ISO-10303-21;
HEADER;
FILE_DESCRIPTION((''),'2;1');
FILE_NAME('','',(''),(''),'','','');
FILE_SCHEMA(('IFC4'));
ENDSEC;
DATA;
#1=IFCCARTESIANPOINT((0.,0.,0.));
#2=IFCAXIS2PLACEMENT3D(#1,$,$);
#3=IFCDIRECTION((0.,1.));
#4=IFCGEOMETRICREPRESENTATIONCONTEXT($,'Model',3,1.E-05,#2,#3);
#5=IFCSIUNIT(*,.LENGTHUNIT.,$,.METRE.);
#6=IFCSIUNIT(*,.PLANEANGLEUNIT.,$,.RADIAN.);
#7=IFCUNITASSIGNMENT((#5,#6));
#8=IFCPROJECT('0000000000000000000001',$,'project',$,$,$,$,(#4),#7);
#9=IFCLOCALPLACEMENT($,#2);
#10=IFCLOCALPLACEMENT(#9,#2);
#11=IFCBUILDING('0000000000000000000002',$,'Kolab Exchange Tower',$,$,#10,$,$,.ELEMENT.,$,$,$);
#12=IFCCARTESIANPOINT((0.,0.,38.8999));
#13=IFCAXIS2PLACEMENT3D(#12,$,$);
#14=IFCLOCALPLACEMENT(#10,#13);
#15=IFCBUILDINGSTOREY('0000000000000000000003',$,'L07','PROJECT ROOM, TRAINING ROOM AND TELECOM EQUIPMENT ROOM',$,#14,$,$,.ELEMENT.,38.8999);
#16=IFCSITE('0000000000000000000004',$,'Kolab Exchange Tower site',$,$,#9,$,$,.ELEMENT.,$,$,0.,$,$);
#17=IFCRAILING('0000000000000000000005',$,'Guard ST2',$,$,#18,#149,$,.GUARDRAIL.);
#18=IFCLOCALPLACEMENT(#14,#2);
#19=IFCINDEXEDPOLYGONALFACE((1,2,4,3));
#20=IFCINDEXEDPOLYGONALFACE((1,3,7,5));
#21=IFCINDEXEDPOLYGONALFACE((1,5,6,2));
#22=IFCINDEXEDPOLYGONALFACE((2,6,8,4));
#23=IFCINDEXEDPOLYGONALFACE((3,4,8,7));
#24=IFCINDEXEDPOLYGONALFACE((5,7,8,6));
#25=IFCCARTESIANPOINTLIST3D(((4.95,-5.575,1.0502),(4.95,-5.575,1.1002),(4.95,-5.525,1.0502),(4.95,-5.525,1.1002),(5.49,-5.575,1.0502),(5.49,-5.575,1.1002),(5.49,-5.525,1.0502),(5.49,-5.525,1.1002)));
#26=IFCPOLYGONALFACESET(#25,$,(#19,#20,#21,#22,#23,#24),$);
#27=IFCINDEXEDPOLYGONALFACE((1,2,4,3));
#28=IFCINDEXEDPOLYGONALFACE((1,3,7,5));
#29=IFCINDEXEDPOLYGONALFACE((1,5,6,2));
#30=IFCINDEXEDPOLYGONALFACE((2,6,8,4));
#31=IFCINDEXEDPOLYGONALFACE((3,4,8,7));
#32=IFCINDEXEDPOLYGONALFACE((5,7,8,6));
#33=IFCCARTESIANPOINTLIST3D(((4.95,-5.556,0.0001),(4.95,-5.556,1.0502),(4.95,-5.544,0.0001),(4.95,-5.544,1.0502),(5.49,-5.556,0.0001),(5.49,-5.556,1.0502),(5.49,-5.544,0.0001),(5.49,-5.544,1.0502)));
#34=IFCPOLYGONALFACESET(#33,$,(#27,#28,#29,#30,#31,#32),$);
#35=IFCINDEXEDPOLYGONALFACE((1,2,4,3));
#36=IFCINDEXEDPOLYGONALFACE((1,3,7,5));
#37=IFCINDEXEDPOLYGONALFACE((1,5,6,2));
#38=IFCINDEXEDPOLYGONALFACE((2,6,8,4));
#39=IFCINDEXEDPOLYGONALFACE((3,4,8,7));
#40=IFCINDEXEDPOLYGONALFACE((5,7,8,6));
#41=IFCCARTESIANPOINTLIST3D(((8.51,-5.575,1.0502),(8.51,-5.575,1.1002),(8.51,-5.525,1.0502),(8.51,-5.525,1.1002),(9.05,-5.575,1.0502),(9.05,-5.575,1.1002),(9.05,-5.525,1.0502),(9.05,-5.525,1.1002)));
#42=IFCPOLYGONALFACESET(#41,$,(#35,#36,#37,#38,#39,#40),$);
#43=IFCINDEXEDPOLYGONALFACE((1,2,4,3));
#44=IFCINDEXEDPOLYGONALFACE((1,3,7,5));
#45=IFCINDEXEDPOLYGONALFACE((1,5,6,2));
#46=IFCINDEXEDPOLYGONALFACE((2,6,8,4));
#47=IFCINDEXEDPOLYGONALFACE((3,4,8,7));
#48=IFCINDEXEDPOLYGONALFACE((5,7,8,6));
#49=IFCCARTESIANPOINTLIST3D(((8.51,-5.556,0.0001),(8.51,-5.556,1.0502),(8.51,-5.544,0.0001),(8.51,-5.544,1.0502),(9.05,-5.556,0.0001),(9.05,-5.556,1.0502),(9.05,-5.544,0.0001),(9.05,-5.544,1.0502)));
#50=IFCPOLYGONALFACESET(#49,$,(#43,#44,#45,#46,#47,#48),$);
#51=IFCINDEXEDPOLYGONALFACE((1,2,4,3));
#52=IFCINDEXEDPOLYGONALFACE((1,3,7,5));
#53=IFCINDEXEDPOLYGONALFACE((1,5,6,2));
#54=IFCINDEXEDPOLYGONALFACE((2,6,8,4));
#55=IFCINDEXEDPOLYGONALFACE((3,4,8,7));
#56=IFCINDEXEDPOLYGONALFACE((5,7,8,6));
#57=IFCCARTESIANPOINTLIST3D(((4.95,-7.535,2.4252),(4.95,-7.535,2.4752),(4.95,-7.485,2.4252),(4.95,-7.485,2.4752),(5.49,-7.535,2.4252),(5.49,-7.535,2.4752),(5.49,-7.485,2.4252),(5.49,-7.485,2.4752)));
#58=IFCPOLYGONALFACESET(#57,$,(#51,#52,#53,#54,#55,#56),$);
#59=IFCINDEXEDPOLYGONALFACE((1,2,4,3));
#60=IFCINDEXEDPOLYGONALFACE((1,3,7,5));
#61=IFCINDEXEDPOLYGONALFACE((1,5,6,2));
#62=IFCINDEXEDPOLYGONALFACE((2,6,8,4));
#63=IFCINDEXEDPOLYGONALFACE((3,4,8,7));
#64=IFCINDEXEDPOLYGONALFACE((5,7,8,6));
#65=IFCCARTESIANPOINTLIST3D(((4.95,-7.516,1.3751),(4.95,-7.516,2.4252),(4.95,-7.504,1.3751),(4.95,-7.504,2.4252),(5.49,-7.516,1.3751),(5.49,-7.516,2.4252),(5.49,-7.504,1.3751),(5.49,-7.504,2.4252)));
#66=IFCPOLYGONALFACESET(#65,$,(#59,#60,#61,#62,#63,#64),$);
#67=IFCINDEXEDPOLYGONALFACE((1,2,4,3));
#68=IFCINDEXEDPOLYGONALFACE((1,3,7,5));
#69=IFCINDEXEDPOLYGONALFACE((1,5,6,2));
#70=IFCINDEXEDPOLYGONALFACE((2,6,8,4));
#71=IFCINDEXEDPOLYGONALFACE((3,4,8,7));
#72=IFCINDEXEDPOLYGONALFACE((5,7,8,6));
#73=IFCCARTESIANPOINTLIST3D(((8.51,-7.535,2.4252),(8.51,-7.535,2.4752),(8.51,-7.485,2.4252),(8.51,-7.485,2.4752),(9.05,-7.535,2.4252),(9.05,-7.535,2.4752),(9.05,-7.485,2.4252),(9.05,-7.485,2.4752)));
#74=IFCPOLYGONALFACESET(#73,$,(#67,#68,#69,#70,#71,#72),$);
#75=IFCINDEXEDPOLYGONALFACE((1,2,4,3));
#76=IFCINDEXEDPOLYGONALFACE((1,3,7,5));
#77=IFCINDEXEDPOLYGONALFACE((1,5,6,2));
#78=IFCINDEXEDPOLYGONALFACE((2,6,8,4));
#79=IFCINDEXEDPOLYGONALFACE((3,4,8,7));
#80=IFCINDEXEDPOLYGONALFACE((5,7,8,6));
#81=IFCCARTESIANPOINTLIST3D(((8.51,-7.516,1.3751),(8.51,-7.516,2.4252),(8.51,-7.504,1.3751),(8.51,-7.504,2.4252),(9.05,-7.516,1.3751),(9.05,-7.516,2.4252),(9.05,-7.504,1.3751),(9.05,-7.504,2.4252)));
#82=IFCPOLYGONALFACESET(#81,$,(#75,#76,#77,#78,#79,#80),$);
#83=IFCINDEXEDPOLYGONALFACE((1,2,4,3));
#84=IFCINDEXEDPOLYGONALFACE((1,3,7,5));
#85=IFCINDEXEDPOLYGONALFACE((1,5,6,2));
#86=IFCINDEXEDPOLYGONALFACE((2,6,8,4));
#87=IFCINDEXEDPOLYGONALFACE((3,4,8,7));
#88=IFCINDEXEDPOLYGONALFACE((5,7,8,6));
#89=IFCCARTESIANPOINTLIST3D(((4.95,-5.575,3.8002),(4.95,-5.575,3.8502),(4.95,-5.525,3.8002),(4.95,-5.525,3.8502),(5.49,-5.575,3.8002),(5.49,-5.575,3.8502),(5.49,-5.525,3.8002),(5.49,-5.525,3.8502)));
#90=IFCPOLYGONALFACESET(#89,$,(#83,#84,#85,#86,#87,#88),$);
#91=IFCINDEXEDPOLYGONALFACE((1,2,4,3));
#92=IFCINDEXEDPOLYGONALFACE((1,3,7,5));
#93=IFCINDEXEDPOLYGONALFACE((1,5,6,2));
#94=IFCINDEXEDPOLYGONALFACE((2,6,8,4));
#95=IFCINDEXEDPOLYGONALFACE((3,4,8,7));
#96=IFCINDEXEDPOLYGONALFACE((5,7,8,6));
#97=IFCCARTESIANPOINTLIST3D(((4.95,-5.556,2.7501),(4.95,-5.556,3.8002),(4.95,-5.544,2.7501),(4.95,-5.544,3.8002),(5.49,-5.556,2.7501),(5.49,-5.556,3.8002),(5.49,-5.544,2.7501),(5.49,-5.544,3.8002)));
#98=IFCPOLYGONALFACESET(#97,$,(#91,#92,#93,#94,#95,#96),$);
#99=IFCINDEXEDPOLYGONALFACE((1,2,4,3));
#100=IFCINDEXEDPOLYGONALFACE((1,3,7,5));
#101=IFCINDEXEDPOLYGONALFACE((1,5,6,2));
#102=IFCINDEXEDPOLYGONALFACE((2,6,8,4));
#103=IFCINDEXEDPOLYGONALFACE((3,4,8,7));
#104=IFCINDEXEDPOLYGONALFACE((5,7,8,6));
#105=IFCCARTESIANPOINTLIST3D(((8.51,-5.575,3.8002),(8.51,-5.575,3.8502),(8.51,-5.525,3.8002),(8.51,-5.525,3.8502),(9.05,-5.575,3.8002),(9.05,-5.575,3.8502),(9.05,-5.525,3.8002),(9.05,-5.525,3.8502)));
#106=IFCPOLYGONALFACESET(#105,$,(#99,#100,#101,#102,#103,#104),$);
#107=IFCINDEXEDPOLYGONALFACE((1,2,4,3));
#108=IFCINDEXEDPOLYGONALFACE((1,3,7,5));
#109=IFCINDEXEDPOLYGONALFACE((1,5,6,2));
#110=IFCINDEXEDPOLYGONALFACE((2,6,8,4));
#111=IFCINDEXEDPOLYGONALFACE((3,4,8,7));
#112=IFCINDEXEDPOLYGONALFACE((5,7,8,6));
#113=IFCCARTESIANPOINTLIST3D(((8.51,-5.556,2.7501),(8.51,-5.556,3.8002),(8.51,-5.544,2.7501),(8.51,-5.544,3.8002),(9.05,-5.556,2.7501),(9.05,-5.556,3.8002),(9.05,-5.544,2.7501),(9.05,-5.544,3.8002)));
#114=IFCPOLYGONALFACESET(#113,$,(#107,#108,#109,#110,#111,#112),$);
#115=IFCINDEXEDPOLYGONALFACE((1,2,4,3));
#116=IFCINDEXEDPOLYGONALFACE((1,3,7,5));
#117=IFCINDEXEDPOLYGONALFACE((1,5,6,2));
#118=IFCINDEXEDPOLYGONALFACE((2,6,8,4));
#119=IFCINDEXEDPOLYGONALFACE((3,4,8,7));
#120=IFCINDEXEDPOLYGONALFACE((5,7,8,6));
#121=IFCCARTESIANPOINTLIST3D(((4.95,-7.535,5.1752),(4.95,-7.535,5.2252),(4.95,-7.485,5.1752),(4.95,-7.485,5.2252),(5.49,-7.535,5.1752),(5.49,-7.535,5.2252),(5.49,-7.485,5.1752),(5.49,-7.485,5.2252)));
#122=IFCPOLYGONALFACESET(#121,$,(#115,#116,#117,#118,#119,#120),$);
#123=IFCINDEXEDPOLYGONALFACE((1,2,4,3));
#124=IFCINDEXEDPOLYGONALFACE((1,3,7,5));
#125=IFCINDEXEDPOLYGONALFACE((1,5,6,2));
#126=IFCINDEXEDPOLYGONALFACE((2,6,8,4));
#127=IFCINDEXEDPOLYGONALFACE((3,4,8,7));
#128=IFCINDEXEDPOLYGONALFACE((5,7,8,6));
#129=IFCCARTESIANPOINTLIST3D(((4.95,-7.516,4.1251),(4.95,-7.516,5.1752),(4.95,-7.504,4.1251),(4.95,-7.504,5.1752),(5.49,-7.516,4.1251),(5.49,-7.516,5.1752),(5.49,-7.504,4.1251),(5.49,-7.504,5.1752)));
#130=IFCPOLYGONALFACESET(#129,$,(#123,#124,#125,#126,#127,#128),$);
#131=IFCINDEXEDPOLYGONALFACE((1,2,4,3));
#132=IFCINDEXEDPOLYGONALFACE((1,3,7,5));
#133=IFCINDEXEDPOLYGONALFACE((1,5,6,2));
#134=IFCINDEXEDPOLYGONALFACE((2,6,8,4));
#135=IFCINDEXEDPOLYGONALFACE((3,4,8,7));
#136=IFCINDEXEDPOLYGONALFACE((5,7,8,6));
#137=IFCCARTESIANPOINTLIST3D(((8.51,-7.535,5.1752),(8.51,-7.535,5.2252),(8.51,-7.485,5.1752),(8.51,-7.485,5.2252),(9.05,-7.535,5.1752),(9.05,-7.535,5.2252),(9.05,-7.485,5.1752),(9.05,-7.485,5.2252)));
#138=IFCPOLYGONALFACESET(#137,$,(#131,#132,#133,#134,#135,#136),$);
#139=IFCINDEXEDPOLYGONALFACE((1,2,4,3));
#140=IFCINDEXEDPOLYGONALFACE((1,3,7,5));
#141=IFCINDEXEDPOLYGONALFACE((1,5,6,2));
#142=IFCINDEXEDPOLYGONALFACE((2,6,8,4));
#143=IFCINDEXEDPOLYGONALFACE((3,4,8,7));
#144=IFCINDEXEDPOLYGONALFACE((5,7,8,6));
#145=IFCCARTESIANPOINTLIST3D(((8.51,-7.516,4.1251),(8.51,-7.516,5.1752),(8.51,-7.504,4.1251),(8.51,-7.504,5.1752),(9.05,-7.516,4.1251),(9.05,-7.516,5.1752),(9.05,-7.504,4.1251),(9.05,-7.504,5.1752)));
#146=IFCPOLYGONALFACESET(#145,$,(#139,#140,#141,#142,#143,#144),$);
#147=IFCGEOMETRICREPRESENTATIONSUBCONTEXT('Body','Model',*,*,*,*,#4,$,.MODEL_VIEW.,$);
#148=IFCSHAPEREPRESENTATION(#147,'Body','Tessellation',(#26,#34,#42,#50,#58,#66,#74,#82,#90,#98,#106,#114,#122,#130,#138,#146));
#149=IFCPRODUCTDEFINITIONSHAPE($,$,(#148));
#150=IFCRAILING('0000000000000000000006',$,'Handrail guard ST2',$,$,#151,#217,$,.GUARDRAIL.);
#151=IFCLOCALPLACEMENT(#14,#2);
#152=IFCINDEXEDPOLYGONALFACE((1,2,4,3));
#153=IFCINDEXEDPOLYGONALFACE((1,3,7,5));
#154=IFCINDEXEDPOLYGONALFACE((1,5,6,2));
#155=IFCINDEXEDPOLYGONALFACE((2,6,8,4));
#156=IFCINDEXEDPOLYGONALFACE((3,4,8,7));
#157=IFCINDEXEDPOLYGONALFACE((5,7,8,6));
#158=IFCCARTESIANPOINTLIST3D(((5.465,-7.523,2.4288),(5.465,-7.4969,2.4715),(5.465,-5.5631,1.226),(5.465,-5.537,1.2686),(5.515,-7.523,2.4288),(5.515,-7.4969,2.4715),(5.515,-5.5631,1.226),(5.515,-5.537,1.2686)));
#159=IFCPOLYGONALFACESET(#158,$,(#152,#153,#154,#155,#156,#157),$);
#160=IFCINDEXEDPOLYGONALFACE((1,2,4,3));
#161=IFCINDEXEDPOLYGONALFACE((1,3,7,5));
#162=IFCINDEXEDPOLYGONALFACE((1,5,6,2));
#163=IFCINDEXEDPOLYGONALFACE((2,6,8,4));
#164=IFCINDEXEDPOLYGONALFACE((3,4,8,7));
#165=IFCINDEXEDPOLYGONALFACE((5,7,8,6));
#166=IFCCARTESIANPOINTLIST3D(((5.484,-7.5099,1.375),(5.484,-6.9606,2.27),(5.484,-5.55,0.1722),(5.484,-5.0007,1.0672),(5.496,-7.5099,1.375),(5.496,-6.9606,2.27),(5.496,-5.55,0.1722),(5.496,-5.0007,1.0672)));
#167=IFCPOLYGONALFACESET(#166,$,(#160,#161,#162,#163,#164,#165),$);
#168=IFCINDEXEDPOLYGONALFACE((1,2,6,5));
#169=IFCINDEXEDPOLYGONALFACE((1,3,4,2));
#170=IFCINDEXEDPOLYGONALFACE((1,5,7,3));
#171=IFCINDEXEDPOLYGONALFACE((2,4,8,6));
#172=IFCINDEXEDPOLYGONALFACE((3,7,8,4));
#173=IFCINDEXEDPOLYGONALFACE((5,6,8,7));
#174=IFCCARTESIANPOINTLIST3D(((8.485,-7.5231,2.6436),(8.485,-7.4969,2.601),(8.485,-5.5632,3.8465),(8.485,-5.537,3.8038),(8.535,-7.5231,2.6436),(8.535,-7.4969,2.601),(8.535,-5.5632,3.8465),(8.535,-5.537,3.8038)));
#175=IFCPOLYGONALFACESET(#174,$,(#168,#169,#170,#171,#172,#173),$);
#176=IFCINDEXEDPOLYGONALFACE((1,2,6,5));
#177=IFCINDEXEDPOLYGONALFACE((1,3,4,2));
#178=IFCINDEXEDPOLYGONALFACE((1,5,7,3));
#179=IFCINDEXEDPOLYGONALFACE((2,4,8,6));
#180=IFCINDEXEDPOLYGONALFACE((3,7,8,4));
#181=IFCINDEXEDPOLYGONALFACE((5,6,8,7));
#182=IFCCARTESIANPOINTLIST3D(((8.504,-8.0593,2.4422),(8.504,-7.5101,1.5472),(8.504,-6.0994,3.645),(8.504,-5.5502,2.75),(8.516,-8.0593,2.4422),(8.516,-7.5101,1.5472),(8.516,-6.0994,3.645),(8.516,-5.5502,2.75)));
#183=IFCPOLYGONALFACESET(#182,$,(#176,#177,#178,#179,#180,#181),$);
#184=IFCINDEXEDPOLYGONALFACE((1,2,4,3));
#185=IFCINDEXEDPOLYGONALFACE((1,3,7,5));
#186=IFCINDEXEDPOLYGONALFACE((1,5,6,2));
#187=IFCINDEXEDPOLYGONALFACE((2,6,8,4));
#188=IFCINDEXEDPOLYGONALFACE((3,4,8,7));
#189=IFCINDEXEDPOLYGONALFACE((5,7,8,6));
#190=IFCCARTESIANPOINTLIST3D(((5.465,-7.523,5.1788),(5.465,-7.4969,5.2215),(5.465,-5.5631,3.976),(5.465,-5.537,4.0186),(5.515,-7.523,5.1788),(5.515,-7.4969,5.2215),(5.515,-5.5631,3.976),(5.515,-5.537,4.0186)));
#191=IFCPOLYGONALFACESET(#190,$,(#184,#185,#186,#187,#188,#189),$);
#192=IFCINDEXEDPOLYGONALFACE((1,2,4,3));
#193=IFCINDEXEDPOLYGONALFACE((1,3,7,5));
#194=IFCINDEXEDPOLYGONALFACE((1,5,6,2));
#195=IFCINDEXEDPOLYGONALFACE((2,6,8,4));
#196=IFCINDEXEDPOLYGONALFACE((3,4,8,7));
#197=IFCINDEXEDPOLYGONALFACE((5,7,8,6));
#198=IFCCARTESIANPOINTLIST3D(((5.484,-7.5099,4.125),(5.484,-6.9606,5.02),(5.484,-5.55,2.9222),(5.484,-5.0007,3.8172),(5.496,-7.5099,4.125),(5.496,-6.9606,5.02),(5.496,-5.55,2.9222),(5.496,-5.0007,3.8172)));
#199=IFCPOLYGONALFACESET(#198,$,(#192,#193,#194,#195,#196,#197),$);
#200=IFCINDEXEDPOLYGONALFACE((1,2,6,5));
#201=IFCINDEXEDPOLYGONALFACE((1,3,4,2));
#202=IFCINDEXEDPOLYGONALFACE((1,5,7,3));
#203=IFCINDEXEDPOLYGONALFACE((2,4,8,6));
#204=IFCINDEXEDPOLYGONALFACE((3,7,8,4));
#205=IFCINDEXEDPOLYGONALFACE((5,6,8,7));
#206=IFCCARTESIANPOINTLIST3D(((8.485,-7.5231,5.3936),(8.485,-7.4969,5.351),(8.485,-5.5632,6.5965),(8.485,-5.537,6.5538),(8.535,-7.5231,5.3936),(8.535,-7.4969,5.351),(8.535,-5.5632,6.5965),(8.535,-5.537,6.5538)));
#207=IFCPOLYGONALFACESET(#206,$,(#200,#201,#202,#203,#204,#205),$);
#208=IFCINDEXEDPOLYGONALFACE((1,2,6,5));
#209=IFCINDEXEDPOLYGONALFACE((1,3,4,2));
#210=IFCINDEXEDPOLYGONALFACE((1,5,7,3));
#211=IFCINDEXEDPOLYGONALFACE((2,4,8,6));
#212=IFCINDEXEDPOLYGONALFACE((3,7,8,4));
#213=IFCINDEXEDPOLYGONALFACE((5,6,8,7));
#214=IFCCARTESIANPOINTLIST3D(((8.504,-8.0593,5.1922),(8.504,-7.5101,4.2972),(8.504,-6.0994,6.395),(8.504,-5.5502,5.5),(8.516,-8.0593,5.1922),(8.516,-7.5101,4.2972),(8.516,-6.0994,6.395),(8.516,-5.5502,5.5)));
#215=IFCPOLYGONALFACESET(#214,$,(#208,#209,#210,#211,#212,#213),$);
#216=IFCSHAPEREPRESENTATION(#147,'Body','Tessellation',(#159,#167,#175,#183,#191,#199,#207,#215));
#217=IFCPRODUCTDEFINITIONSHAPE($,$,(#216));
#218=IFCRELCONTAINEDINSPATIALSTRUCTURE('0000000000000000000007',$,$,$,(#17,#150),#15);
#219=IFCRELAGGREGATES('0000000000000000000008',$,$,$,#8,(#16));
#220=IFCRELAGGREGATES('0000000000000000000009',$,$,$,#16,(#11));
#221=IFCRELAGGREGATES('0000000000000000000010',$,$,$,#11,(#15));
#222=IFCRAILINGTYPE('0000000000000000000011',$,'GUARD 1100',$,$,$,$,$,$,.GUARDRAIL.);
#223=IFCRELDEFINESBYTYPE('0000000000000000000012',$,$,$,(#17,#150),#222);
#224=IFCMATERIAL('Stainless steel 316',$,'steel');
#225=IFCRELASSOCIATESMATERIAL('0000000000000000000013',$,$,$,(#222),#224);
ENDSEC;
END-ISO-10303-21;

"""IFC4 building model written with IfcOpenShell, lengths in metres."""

from ifc_helpers import new_model, si_unit, direction, frame, frame_2d, origin, origin_2d, place, context, subcontext, project, spatial, rectangle, extrude, material, type_object, element, save


model = new_model("IFC4")

# Units and contexts
model_context = context("Model", 3, precision=1e-05, world=origin(), true_north=direction((0.0, 1.0)))
body_context = subcontext(model_context, "Body", "Model", "MODEL_VIEW")
ifc_project = project(units=[si_unit("LENGTHUNIT", "METRE"), si_unit("PLANEANGLEUNIT", "RADIAN")], contexts=[model_context])

# Site, building, storey
site_placement = place(None, origin())
site = spatial("IfcSite", under=ifc_project, at=site_placement, Name="Kolab Exchange Tower site", CompositionType="ELEMENT", RefElevation=0.0)
building_placement = place(site_placement, origin())
building = spatial("IfcBuilding", under=site, at=building_placement, Name="Kolab Exchange Tower", CompositionType="ELEMENT")
storey_placement = place(building_placement, frame((0.0, 0.0, 38.8999)))
storey = spatial("IfcBuildingStorey", under=building, at=storey_placement, Name="L07", Description="PROJECT ROOM, TRAINING ROOM AND TELECOM EQUIPMENT ROOM", CompositionType="ELEMENT", Elevation=38.8999)

# Railings
ifc_material_1 = material(Name="Stainless steel 316", Category="steel")
railing_type = type_object("IfcRailingType", Name="GUARD 1100", PredefinedType="GUARDRAIL", material=ifc_material_1)
railing_1_placement = place(storey_placement, frame((4.95, -5.55, 0.0)))
element("IfcRailing", 1, at=railing_1_placement, inside=storey, type_object=railing_type, Name="Guard ST2", PredefinedType="GUARDRAIL", context=body_context, shape_type="SweptSolid", body=[
    extrude(rectangle(XDim=0.05, YDim=0.05, at=origin_2d()), frame((0.0, 0.0, 1.0752), z_axis=(1.0, 0.0, 0.0), x_axis=(0.0, 1.0, 0.0)), (0.0, 0.0, 1.0), 0.54),
    extrude(rectangle(XDim=0.012, YDim=1.0501, at=frame_2d((0.0, 0.5251))), frame((0.0, 0.0, 0.0), z_axis=(1.0, 0.0, 0.0), x_axis=(0.0, 1.0, 0.0)), (0.0, 0.0, 1.0), 0.54),
    extrude(rectangle(XDim=0.05, YDim=0.05, at=origin_2d()), frame((3.5601, 0.0, 1.0752), z_axis=(1.0, 0.0, 0.0), x_axis=(0.0, 1.0, 0.0)), (0.0, 0.0, 1.0), 0.54),
    extrude(rectangle(XDim=0.012, YDim=1.0501, at=frame_2d((0.0, 0.5251))), frame((3.5601, 0.0, 0.0), z_axis=(1.0, 0.0, 0.0), x_axis=(0.0, 1.0, 0.0)), (0.0, 0.0, 1.0), 0.54),
    extrude(rectangle(XDim=0.05, YDim=0.05, at=origin_2d()), frame((0.0, -1.96, 2.4502), z_axis=(1.0, 0.0, 0.0), x_axis=(0.0, 1.0, 0.0)), (0.0, 0.0, 1.0), 0.54),
    extrude(rectangle(XDim=0.012, YDim=1.0501, at=frame_2d((0.0, 0.5251))), frame((0.0, -1.96, 1.375), z_axis=(1.0, 0.0, 0.0), x_axis=(0.0, 1.0, 0.0)), (0.0, 0.0, 1.0), 0.54),
    extrude(rectangle(XDim=0.05, YDim=0.05, at=origin_2d()), frame((3.5601, -1.96, 2.4502), z_axis=(1.0, 0.0, 0.0), x_axis=(0.0, 1.0, 0.0)), (0.0, 0.0, 1.0), 0.54),
    extrude(rectangle(XDim=0.012, YDim=1.0501, at=frame_2d((0.0, 0.5251))), frame((3.5601, -1.96, 1.375), z_axis=(1.0, 0.0, 0.0), x_axis=(0.0, 1.0, 0.0)), (0.0, 0.0, 1.0), 0.54),
    extrude(rectangle(XDim=0.05, YDim=0.05, at=origin_2d()), frame((0.0, 0.0, 3.8252), z_axis=(1.0, 0.0, 0.0), x_axis=(0.0, 1.0, 0.0)), (0.0, 0.0, 1.0), 0.54),
    extrude(rectangle(XDim=0.012, YDim=1.0501, at=frame_2d((0.0, 0.5251))), frame((0.0, 0.0, 2.75), z_axis=(1.0, 0.0, 0.0), x_axis=(0.0, 1.0, 0.0)), (0.0, 0.0, 1.0), 0.54),
    extrude(rectangle(XDim=0.05, YDim=0.05, at=origin_2d()), frame((3.5601, 0.0, 3.8252), z_axis=(1.0, 0.0, 0.0), x_axis=(0.0, 1.0, 0.0)), (0.0, 0.0, 1.0), 0.54),
    extrude(rectangle(XDim=0.012, YDim=1.0501, at=frame_2d((0.0, 0.5251))), frame((3.5601, 0.0, 2.75), z_axis=(1.0, 0.0, 0.0), x_axis=(0.0, 1.0, 0.0)), (0.0, 0.0, 1.0), 0.54),
    extrude(rectangle(XDim=0.05, YDim=0.05, at=origin_2d()), frame((0.0, -1.96, 5.2002), z_axis=(1.0, 0.0, 0.0), x_axis=(0.0, 1.0, 0.0)), (0.0, 0.0, 1.0), 0.54),
    extrude(rectangle(XDim=0.012, YDim=1.0501, at=frame_2d((0.0, 0.5251))), frame((0.0, -1.96, 4.125), z_axis=(1.0, 0.0, 0.0), x_axis=(0.0, 1.0, 0.0)), (0.0, 0.0, 1.0), 0.54),
    extrude(rectangle(XDim=0.05, YDim=0.05, at=origin_2d()), frame((3.5601, -1.96, 5.2002), z_axis=(1.0, 0.0, 0.0), x_axis=(0.0, 1.0, 0.0)), (0.0, 0.0, 1.0), 0.54),
    extrude(rectangle(XDim=0.012, YDim=1.0501, at=frame_2d((0.0, 0.5251))), frame((3.5601, -1.96, 4.125), z_axis=(1.0, 0.0, 0.0), x_axis=(0.0, 1.0, 0.0)), (0.0, 0.0, 1.0), 0.54),
])
railing_2_placement = place(storey_placement, frame((5.49, -5.55, 0.1721)))
element("IfcRailing", 2, at=railing_2_placement, inside=storey, type_object=railing_type, Name="Handrail guard ST2", PredefinedType="GUARDRAIL", context=body_context, shape_type="SweptSolid", body=[
    extrude(rectangle(XDim=0.05, YDim=0.05, at=origin_2d()), frame((0.0, 0.0, 1.0752), z_axis=(0.0, -0.852288, 0.523072), x_axis=(1.0, 0.0, 0.0)), (0.0, 0.0, 1.0), 2.2996),
    extrude(rectangle(XDim=0.012, YDim=1.0501, at=frame_2d((0.0, 0.5251))), frame((0.0, 0.0, 0.0), z_axis=(0.0, -0.852288, 0.523072), x_axis=(1.0, 0.0, 0.0)), (0.0, 0.0, 1.0), 2.2996),
    extrude(rectangle(XDim=0.05, YDim=0.05, at=origin_2d()), frame((3.02, -1.96, 2.4502), z_axis=(0.0, 0.852288, 0.523072), x_axis=(-1.0, 0.0, 0.0)), (0.0, 0.0, 1.0), 2.2996),
    extrude(rectangle(XDim=0.012, YDim=1.0501, at=frame_2d((0.0, 0.5251))), frame((3.02, -1.96, 1.375), z_axis=(0.0, 0.852288, 0.523072), x_axis=(-1.0, 0.0, 0.0)), (0.0, 0.0, 1.0), 2.2996),
    extrude(rectangle(XDim=0.05, YDim=0.05, at=origin_2d()), frame((0.0, 0.0, 3.8252), z_axis=(0.0, -0.852288, 0.523072), x_axis=(1.0, 0.0, 0.0)), (0.0, 0.0, 1.0), 2.2996),
    extrude(rectangle(XDim=0.012, YDim=1.0501, at=frame_2d((0.0, 0.5251))), frame((0.0, 0.0, 2.75), z_axis=(0.0, -0.852288, 0.523072), x_axis=(1.0, 0.0, 0.0)), (0.0, 0.0, 1.0), 2.2996),
    extrude(rectangle(XDim=0.05, YDim=0.05, at=origin_2d()), frame((3.02, -1.96, 5.2002), z_axis=(0.0, 0.852288, 0.523072), x_axis=(-1.0, 0.0, 0.0)), (0.0, 0.0, 1.0), 2.2996),
    extrude(rectangle(XDim=0.012, YDim=1.0501, at=frame_2d((0.0, 0.5251))), frame((3.02, -1.96, 4.125), z_axis=(0.0, 0.852288, 0.523072), x_axis=(-1.0, 0.0, 0.0)), (0.0, 0.0, 1.0), 2.2996),
])

save(model, "model.ifc")
